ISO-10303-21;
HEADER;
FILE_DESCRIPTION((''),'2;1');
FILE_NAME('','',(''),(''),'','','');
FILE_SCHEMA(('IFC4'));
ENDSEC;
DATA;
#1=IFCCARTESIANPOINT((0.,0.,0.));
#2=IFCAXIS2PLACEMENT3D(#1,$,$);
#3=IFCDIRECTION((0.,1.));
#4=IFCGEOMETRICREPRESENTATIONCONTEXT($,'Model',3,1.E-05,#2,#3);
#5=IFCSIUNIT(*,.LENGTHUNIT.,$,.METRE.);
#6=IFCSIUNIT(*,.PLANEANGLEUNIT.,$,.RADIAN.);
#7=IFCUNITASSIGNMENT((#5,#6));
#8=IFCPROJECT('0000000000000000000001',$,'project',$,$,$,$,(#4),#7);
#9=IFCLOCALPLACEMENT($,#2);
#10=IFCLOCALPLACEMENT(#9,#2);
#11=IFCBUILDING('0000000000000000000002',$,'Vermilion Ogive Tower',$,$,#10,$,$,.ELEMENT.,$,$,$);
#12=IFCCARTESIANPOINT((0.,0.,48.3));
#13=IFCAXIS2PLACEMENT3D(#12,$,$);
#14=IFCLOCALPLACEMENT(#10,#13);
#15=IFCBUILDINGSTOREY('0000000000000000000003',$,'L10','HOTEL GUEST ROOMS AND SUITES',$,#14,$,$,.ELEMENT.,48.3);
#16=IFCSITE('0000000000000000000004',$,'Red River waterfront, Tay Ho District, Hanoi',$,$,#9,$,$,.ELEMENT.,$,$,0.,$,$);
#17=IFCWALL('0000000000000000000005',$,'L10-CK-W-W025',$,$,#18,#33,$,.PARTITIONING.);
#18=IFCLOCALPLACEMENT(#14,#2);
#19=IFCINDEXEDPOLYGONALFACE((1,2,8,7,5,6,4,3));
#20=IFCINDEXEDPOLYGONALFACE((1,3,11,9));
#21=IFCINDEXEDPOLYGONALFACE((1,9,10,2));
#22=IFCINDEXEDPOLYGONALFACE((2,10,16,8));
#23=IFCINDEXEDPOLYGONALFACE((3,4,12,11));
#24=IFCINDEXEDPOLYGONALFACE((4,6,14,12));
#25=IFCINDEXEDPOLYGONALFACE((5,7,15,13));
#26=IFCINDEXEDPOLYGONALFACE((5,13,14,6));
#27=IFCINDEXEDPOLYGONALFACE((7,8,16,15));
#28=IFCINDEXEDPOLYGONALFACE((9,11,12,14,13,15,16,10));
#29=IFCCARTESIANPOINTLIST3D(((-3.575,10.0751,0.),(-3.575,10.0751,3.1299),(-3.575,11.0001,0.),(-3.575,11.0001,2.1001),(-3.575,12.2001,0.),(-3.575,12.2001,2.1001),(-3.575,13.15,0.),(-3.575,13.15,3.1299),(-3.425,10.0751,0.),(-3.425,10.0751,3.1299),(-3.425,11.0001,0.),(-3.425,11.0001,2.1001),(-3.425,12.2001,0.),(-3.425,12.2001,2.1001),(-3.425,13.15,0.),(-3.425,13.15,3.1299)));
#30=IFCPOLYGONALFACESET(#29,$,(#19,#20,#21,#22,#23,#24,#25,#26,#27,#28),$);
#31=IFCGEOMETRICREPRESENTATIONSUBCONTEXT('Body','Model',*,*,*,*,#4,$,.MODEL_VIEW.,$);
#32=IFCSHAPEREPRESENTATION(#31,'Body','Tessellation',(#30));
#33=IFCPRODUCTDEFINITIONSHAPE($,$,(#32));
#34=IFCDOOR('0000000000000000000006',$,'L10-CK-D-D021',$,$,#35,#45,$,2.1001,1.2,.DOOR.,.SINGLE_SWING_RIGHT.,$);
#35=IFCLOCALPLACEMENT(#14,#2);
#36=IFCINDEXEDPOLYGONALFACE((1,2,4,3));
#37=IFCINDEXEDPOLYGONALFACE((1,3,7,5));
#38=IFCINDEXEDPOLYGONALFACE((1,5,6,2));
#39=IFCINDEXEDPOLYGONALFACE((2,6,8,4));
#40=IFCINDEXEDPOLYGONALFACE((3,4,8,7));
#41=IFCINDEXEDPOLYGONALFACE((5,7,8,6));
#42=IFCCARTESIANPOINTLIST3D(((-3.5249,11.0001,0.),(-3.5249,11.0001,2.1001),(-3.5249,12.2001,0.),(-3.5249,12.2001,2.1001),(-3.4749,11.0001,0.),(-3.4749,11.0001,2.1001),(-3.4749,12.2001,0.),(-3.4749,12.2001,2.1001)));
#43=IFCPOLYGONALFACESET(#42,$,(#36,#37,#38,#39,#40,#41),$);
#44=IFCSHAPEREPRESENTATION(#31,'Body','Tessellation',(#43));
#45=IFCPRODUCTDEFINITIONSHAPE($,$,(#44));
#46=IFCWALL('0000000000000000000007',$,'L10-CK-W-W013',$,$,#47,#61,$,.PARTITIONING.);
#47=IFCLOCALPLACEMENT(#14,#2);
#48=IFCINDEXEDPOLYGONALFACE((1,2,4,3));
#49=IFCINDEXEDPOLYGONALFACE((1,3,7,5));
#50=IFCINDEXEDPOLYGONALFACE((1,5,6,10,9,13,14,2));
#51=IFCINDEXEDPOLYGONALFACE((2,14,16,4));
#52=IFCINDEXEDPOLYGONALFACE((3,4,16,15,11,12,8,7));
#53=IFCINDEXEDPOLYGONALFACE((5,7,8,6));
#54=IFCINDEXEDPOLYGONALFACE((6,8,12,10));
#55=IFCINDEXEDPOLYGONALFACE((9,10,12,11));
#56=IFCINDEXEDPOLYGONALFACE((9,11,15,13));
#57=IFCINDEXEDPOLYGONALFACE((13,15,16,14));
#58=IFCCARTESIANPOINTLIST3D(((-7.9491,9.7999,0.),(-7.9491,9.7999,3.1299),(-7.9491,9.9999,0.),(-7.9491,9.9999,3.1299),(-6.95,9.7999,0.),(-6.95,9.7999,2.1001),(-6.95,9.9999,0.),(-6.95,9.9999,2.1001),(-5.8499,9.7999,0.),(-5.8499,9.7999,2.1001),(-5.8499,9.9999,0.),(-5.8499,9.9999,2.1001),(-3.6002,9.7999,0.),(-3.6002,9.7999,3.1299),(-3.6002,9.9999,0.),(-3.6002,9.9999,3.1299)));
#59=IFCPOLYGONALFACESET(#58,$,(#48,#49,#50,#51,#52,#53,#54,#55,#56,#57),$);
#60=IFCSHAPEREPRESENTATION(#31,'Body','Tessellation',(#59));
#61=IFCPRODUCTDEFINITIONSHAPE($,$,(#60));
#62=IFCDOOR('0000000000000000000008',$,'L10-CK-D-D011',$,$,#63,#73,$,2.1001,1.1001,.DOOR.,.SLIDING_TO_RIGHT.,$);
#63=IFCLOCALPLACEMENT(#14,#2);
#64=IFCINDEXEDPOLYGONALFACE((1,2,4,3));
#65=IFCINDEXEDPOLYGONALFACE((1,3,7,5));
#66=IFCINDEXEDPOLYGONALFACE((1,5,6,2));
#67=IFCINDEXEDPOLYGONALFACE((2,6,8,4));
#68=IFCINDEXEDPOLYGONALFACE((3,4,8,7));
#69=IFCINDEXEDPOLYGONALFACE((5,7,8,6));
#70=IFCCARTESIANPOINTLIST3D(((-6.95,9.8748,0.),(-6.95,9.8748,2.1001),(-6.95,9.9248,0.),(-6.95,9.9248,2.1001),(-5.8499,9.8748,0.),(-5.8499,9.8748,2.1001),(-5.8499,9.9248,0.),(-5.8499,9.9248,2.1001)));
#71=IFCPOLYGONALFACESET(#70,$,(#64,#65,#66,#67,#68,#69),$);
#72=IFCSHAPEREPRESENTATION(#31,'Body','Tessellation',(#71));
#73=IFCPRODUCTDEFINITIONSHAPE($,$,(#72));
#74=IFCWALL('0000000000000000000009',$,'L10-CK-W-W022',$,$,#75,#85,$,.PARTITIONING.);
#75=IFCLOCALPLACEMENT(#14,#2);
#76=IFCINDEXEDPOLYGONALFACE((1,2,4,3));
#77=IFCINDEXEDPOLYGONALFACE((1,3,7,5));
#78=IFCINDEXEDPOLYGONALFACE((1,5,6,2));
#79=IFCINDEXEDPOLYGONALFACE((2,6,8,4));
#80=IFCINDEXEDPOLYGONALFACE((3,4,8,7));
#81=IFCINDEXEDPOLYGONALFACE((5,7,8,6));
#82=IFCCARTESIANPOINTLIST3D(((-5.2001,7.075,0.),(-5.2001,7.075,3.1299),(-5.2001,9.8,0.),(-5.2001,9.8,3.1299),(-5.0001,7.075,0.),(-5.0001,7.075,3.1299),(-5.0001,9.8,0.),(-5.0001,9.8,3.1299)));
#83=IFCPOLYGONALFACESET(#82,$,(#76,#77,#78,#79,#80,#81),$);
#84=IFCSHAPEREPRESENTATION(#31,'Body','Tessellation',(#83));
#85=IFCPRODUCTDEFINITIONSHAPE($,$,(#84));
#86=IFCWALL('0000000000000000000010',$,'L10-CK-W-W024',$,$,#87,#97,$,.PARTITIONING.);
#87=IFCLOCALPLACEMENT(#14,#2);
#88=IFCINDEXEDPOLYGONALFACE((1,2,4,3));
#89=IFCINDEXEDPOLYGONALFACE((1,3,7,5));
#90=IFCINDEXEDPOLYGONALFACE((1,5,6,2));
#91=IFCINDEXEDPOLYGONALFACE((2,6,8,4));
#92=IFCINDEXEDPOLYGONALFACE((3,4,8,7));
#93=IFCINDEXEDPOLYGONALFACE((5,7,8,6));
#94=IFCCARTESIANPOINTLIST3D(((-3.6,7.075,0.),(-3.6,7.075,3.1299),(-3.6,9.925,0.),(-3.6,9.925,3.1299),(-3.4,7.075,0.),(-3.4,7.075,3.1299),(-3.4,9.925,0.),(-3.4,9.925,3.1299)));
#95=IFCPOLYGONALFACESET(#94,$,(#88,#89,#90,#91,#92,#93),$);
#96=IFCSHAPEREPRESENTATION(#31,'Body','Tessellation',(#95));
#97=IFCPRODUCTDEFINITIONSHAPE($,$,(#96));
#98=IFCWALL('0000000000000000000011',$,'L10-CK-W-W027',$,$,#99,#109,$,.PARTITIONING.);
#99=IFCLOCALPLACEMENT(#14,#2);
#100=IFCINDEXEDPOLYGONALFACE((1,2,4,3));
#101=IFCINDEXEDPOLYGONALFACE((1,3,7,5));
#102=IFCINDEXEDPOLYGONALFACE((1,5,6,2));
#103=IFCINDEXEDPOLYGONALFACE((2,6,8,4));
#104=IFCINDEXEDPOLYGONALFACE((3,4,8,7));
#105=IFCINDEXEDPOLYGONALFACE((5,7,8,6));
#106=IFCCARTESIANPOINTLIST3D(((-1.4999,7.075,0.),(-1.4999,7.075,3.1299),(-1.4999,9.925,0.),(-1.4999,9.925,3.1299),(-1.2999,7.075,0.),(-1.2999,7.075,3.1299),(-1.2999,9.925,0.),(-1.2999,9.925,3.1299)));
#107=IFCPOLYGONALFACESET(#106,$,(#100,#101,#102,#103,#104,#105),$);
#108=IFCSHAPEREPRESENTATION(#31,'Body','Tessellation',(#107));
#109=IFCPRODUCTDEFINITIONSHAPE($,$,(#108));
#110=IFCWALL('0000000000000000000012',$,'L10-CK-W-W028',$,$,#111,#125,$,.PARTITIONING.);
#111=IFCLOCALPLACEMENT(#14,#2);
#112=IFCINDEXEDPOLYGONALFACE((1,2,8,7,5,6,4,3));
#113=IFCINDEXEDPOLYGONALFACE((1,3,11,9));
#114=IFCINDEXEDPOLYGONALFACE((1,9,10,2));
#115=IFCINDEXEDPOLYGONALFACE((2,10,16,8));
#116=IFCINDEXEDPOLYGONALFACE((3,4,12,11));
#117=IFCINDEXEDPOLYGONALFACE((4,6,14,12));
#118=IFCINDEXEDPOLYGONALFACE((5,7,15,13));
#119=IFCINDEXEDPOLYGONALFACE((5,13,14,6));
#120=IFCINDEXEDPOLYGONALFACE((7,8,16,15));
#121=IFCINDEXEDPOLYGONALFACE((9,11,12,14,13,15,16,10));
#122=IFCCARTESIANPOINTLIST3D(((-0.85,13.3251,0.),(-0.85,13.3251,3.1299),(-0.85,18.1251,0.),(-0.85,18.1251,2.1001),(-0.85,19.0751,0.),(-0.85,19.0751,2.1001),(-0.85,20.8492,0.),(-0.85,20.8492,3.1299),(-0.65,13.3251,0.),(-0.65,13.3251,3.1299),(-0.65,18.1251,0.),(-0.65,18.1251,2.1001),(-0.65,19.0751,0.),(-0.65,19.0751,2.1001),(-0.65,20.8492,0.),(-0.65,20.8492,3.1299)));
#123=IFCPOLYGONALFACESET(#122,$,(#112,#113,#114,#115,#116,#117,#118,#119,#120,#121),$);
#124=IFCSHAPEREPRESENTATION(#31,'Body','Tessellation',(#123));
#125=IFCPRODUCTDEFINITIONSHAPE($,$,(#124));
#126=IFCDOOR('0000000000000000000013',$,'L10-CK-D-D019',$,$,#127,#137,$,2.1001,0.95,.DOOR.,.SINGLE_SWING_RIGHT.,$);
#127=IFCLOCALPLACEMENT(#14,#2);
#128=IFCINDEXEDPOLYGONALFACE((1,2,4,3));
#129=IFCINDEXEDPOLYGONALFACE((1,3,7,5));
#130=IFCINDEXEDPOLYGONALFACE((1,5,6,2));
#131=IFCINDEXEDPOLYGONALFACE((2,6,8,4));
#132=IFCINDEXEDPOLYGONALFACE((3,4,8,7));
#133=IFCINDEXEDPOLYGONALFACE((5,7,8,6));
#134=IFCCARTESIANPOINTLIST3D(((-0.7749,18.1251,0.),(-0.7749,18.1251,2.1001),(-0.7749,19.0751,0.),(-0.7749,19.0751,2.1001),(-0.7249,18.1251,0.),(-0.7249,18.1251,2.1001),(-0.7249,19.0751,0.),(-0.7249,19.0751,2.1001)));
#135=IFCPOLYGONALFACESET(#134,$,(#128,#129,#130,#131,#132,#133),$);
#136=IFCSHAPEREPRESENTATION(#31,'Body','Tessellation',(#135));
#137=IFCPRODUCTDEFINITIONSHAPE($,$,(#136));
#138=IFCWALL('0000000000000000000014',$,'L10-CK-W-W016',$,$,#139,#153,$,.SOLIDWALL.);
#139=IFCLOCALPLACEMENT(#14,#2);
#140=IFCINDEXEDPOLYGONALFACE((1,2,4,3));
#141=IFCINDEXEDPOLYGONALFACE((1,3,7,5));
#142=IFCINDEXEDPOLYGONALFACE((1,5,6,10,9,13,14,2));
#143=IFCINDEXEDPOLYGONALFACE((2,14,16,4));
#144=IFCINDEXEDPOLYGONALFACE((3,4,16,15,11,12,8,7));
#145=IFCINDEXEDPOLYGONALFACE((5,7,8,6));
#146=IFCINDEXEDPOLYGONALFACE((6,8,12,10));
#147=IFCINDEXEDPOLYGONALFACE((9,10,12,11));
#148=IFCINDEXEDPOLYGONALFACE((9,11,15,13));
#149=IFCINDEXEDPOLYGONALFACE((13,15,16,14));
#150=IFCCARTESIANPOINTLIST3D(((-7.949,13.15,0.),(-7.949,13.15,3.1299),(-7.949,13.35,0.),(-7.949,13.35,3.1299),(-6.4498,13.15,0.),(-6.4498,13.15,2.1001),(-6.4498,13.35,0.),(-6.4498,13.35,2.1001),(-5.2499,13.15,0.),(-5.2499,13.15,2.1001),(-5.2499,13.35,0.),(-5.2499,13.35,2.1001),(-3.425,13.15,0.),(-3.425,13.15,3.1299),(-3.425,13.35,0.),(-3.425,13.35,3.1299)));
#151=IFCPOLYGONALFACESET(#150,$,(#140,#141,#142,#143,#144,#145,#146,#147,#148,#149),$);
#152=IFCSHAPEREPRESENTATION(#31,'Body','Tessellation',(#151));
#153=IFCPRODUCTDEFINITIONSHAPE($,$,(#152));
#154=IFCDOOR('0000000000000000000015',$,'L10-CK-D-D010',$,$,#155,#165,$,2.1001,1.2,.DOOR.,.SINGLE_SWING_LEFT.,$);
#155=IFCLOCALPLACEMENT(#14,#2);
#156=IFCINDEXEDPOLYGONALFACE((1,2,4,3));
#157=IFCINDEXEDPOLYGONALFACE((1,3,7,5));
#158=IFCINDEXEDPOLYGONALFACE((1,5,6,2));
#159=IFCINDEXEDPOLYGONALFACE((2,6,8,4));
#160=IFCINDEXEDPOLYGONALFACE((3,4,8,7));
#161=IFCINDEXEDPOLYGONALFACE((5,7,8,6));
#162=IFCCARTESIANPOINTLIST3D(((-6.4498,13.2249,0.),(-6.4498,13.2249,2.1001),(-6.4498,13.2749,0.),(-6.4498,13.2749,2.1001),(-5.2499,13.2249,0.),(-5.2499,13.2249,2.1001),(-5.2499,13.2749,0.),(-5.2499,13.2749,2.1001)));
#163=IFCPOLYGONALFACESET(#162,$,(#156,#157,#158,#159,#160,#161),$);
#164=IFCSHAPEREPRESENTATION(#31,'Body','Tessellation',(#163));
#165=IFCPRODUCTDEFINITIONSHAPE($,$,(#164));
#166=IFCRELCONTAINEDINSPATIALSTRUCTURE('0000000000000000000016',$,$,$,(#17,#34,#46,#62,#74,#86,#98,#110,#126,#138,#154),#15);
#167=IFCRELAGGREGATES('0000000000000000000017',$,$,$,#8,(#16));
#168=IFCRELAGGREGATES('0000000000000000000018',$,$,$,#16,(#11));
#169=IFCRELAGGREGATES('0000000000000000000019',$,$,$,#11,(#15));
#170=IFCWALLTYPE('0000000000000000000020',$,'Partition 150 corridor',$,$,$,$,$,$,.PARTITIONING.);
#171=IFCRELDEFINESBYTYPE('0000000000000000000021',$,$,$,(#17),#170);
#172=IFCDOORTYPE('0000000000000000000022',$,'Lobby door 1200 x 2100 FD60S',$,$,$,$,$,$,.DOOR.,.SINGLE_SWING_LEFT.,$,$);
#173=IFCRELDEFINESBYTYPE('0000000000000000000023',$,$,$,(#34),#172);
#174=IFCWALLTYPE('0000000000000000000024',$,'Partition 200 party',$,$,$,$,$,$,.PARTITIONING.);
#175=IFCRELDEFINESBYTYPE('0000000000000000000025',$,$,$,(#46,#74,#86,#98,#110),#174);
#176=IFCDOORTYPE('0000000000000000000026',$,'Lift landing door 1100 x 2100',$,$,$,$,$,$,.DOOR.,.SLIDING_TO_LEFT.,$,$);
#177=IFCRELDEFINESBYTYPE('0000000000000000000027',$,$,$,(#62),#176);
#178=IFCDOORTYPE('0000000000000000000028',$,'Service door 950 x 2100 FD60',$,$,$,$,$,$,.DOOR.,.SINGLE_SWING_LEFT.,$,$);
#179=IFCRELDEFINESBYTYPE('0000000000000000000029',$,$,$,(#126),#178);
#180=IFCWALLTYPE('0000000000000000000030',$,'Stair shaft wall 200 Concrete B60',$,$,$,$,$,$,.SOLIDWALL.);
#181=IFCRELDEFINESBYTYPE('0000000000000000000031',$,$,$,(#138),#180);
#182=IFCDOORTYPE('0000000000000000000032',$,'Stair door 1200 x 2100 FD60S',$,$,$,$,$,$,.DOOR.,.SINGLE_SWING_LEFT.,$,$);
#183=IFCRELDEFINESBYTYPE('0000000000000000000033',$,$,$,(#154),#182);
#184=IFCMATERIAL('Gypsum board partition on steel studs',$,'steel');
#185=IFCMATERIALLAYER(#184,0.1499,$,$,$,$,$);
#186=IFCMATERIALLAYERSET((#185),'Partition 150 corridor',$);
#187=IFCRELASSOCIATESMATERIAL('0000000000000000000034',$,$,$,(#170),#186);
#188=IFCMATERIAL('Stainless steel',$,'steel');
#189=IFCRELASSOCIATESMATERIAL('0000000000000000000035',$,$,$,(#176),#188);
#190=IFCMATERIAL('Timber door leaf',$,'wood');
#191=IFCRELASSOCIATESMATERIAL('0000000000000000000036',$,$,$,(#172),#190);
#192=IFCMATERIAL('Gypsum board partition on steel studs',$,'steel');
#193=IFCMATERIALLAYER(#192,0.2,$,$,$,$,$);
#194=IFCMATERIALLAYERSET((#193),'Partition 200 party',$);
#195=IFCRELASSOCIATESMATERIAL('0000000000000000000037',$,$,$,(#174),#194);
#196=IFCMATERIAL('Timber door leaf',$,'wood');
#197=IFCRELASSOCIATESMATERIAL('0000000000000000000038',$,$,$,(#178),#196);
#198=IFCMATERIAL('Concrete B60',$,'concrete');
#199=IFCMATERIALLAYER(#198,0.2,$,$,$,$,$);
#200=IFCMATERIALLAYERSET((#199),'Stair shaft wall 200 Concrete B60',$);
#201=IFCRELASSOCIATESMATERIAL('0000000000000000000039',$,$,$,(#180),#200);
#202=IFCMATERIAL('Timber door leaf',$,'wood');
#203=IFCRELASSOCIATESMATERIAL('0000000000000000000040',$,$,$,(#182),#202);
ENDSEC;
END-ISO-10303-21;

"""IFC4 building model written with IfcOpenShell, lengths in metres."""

from ifc_helpers import new_model, si_unit, direction, frame, frame_2d, origin, place, context, subcontext, project, spatial, rectangle, extrude, material, layer, layer_set, type_object, element, fill, save


model = new_model("IFC4")

# Units and contexts
model_context = context("Model", 3, precision=1e-05, world=origin(), true_north=direction((0.0, 1.0)))
body_context = subcontext(model_context, "Body", "Model", "MODEL_VIEW")
ifc_project = project(units=[si_unit("LENGTHUNIT", "METRE"), si_unit("PLANEANGLEUNIT", "RADIAN")], contexts=[model_context])

# Site, building, storey
site_placement = place(None, origin())
site = spatial("IfcSite", under=ifc_project, at=site_placement, Name="Red River waterfront, Tay Ho District, Hanoi", CompositionType="ELEMENT", RefElevation=0.0)
building_placement = place(site_placement, origin())
building = spatial("IfcBuilding", under=site, at=building_placement, Name="Vermilion Ogive Tower", CompositionType="ELEMENT")
storey_placement = place(building_placement, frame((0.0, 0.0, 48.3)))
storey = spatial("IfcBuildingStorey", under=building, at=storey_placement, Name="L10", Description="HOTEL GUEST ROOMS AND SUITES", CompositionType="ELEMENT", Elevation=48.3)

# Shared definitions
ifc_material_1 = material(Name="Gypsum board partition on steel studs", Category="steel")
ifc_layer_1 = layer(ifc_material_1, 0.1499)
ifc_layer_set_1 = layer_set([ifc_layer_1], Name="Partition 150 corridor")
wall_type_1 = type_object("IfcWallType", Name="Partition 150 corridor", PredefinedType="PARTITIONING", material=ifc_layer_set_1)

# Shared definitions
ifc_material_2 = material(Name="Stainless steel", Category="steel")
door_type_1 = type_object("IfcDoorType", Name="Lift landing door 1100 x 2100", OperationType="SLIDING_TO_LEFT", PredefinedType="DOOR", material=ifc_material_2)

# Walls, openings, doors
wall_1_placement = place(storey_placement, frame((-3.5, 10.075, 0.0), z_axis=(0.0, 0.0, 1.0), x_axis=(0.0, 1.0, 0.0)))
wall_1 = element("IfcWall", 1, at=wall_1_placement, inside=storey, type_object=wall_type_1, Name="L10-CK-W-W025", PredefinedType="PARTITIONING", context=body_context, shape_type="SweptSolid", body=[
    extrude(rectangle(XDim=3.075, YDim=0.1499, at=frame_2d((1.5376, 0.0))), origin(), (0.0, 0.0, 1.0), 3.1299),
])
opening_1_placement = place(wall_1_placement, frame((0.925, 0.0, 0.0)))
opening_1 = element("IfcOpeningElement", 2, at=opening_1_placement, cuts=wall_1, PredefinedType="OPENING", context=body_context, shape_type="SweptSolid", body=[
    extrude(rectangle(XDim=1.2, YDim=2.1001, at=frame_2d((0.6001, 1.05))), frame((0.0, 0.085, 0.0), z_axis=(0.0, -1.0, 0.0), x_axis=(1.0, 0.0, 0.0)), (0.0, 0.0, 1.0), 0.1699),
])
ifc_material_3 = material(Name="Timber door leaf", Category="wood")
door_type_2 = type_object("IfcDoorType", Name="Lobby door 1200 x 2100 FD60S", OperationType="SINGLE_SWING_LEFT", PredefinedType="DOOR", material=ifc_material_3)
door_1_placement = place(opening_1_placement, origin())
door_1 = element("IfcDoor", 3, at=door_1_placement, inside=storey, type_object=door_type_2, Name="L10-CK-D-D021", OperationType="SINGLE_SWING_RIGHT", OverallHeight=2.1001, OverallWidth=1.2, PredefinedType="DOOR", context=body_context, shape_type="SweptSolid", body=[
    extrude(rectangle(XDim=1.2, YDim=2.1001, at=frame_2d((0.6001, 1.05))), frame((0.0, 0.0249, 0.0), z_axis=(0.0, -1.0, 0.0), x_axis=(1.0, 0.0, 0.0)), (0.0, 0.0, 1.0), 0.05),
])
fill(opening_1, door_1)
ifc_material_4 = material(Name="Gypsum board partition on steel studs", Category="steel")
ifc_layer_2 = layer(ifc_material_4, 0.2)
ifc_layer_set_2 = layer_set([ifc_layer_2], Name="Partition 200 party")
wall_type_2 = type_object("IfcWallType", Name="Partition 200 party", PredefinedType="PARTITIONING", material=ifc_layer_set_2)
wall_2_placement = place(storey_placement, frame((-7.949, 9.8999, 0.0), z_axis=(0.0, 0.0, 1.0), x_axis=(1.0, 0.0, 0.0)))
wall_2 = element("IfcWall", 4, at=wall_2_placement, inside=storey, type_object=wall_type_2, Name="L10-CK-W-W013", PredefinedType="PARTITIONING", context=body_context, shape_type="SweptSolid", body=[
    extrude(rectangle(XDim=4.3489, YDim=0.2, at=frame_2d((2.1743, 0.0))), origin(), (0.0, 0.0, 1.0), 3.1299),
])
opening_2_placement = place(wall_2_placement, frame((0.999, 0.0, 0.0)))
opening_2 = element("IfcOpeningElement", 5, at=opening_2_placement, cuts=wall_2, PredefinedType="OPENING", context=body_context, shape_type="SweptSolid", body=[
    extrude(rectangle(XDim=1.1001, YDim=2.1001, at=frame_2d((0.55, 1.05))), frame((0.0, 0.1099, 0.0), z_axis=(0.0, -1.0, 0.0), x_axis=(1.0, 0.0, 0.0)), (0.0, 0.0, 1.0), 0.22),
])
door_2_placement = place(opening_2_placement, origin())
door_2 = element("IfcDoor", 6, at=door_2_placement, inside=storey, type_object=door_type_1, Name="L10-CK-D-D011", OperationType="SLIDING_TO_RIGHT", OverallHeight=2.1001, OverallWidth=1.1001, PredefinedType="DOOR", context=body_context, shape_type="SweptSolid", body=[
    extrude(rectangle(XDim=1.1001, YDim=2.1001, at=frame_2d((0.55, 1.05))), frame((0.0, 0.0249, 0.0), z_axis=(0.0, -1.0, 0.0), x_axis=(1.0, 0.0, 0.0)), (0.0, 0.0, 1.0), 0.05),
])
fill(opening_2, door_2)

# Walls
wall_3_placement = place(storey_placement, frame((-5.1001, 7.075, 0.0), z_axis=(0.0, 0.0, 1.0), x_axis=(0.0, 1.0, 0.0)))
element("IfcWall", 7, at=wall_3_placement, inside=storey, type_object=wall_type_2, Name="L10-CK-W-W022", PredefinedType="PARTITIONING", context=body_context, shape_type="SweptSolid", body=[
    extrude(rectangle(XDim=2.7251, YDim=0.2, at=frame_2d((1.3625, 0.0))), origin(), (0.0, 0.0, 1.0), 3.1299),
])
for number, where, z_axis, x_axis, name in (
    (8, (-3.5, 7.075, 0.0), (0.0, 0.0, 1.0), (0.0, 1.0, 0.0), "L10-CK-W-W024"),
    (9, (-1.3999, 7.075, 0.0), (0.0, 0.0, 1.0), (0.0, 1.0, 0.0), "L10-CK-W-W027"),
):
    element("IfcWall", number, at=place(storey_placement, frame(where, z_axis=z_axis, x_axis=x_axis)), inside=storey, type_object=wall_type_2, Name=name, PredefinedType="PARTITIONING", context=body_context, shape_type="SweptSolid", body=[
        extrude(rectangle(XDim=2.8501, YDim=0.2, at=frame_2d((1.425, 0.0))), origin(), (0.0, 0.0, 1.0), 3.1299),
    ])

# Walls, openings, doors
wall_4_placement = place(storey_placement, frame((-0.75, 13.325, 0.0), z_axis=(0.0, 0.0, 1.0), x_axis=(0.0, 1.0, 0.0)))
wall_4 = element("IfcWall", 10, at=wall_4_placement, inside=storey, type_object=wall_type_2, Name="L10-CK-W-W028", PredefinedType="PARTITIONING", context=body_context, shape_type="SweptSolid", body=[
    extrude(rectangle(XDim=7.5242, YDim=0.2, at=frame_2d((3.7622, 0.0))), origin(), (0.0, 0.0, 1.0), 3.1299),
])
opening_3_placement = place(wall_4_placement, frame((4.8, 0.0, 0.0)))
opening_3 = element("IfcOpeningElement", 11, at=opening_3_placement, cuts=wall_4, PredefinedType="OPENING", context=body_context, shape_type="SweptSolid", body=[
    extrude(rectangle(XDim=0.95, YDim=2.1001, at=frame_2d((0.4751, 1.05))), frame((0.0, 0.1099, 0.0), z_axis=(0.0, -1.0, 0.0), x_axis=(1.0, 0.0, 0.0)), (0.0, 0.0, 1.0), 0.22),
])
ifc_material_5 = material(Name="Timber door leaf", Category="wood")
door_type_3 = type_object("IfcDoorType", Name="Service door 950 x 2100 FD60", OperationType="SINGLE_SWING_LEFT", PredefinedType="DOOR", material=ifc_material_5)
door_3_placement = place(opening_3_placement, origin())
door_3 = element("IfcDoor", 12, at=door_3_placement, inside=storey, type_object=door_type_3, Name="L10-CK-D-D019", OperationType="SINGLE_SWING_RIGHT", OverallHeight=2.1001, OverallWidth=0.95, PredefinedType="DOOR", context=body_context, shape_type="SweptSolid", body=[
    extrude(rectangle(XDim=0.95, YDim=2.1001, at=frame_2d((0.4751, 1.05))), frame((0.0, 0.0249, 0.0), z_axis=(0.0, -1.0, 0.0), x_axis=(1.0, 0.0, 0.0)), (0.0, 0.0, 1.0), 0.05),
])
fill(opening_3, door_3)
ifc_material_6 = material(Name="Concrete B60", Category="concrete")
ifc_layer_3 = layer(ifc_material_6, 0.2)
ifc_layer_set_3 = layer_set([ifc_layer_3], Name="Stair shaft wall 200 Concrete B60")
wall_type_3 = type_object("IfcWallType", Name="Stair shaft wall 200 Concrete B60", PredefinedType="SOLIDWALL", material=ifc_layer_set_3)
wall_5_placement = place(storey_placement, frame((-7.949, 13.25, 0.0), z_axis=(0.0, 0.0, 1.0), x_axis=(1.0, 0.0, 0.0)))
wall_5 = element("IfcWall", 13, at=wall_5_placement, inside=storey, type_object=wall_type_3, Name="L10-CK-W-W016", PredefinedType="SOLIDWALL", context=body_context, shape_type="SweptSolid", body=[
    extrude(rectangle(XDim=4.5239, YDim=0.2, at=frame_2d((2.262, 0.0))), origin(), (0.0, 0.0, 1.0), 3.1299),
])
opening_4_placement = place(wall_5_placement, frame((1.499, 0.0, 0.0)))
opening_4 = element("IfcOpeningElement", 14, at=opening_4_placement, cuts=wall_5, PredefinedType="OPENING", context=body_context, shape_type="SweptSolid", body=[
    extrude(rectangle(XDim=1.2, YDim=2.1001, at=frame_2d((0.6001, 1.05))), frame((0.0, 0.1099, 0.0), z_axis=(0.0, -1.0, 0.0), x_axis=(1.0, 0.0, 0.0)), (0.0, 0.0, 1.0), 0.22),
])
ifc_material_7 = material(Name="Timber door leaf", Category="wood")
door_type_4 = type_object("IfcDoorType", Name="Stair door 1200 x 2100 FD60S", OperationType="SINGLE_SWING_LEFT", PredefinedType="DOOR", material=ifc_material_7)
door_4_placement = place(opening_4_placement, origin())
door_4 = element("IfcDoor", 15, at=door_4_placement, inside=storey, type_object=door_type_4, Name="L10-CK-D-D010", OperationType="SINGLE_SWING_LEFT", OverallHeight=2.1001, OverallWidth=1.2, PredefinedType="DOOR", context=body_context, shape_type="SweptSolid", body=[
    extrude(rectangle(XDim=1.2, YDim=2.1001, at=frame_2d((0.6001, 1.05))), frame((0.0, 0.0249, 0.0), z_axis=(0.0, -1.0, 0.0), x_axis=(1.0, 0.0, 0.0)), (0.0, 0.0, 1.0), 0.05),
])
fill(opening_4, door_4)

save(model, "model.ifc")
